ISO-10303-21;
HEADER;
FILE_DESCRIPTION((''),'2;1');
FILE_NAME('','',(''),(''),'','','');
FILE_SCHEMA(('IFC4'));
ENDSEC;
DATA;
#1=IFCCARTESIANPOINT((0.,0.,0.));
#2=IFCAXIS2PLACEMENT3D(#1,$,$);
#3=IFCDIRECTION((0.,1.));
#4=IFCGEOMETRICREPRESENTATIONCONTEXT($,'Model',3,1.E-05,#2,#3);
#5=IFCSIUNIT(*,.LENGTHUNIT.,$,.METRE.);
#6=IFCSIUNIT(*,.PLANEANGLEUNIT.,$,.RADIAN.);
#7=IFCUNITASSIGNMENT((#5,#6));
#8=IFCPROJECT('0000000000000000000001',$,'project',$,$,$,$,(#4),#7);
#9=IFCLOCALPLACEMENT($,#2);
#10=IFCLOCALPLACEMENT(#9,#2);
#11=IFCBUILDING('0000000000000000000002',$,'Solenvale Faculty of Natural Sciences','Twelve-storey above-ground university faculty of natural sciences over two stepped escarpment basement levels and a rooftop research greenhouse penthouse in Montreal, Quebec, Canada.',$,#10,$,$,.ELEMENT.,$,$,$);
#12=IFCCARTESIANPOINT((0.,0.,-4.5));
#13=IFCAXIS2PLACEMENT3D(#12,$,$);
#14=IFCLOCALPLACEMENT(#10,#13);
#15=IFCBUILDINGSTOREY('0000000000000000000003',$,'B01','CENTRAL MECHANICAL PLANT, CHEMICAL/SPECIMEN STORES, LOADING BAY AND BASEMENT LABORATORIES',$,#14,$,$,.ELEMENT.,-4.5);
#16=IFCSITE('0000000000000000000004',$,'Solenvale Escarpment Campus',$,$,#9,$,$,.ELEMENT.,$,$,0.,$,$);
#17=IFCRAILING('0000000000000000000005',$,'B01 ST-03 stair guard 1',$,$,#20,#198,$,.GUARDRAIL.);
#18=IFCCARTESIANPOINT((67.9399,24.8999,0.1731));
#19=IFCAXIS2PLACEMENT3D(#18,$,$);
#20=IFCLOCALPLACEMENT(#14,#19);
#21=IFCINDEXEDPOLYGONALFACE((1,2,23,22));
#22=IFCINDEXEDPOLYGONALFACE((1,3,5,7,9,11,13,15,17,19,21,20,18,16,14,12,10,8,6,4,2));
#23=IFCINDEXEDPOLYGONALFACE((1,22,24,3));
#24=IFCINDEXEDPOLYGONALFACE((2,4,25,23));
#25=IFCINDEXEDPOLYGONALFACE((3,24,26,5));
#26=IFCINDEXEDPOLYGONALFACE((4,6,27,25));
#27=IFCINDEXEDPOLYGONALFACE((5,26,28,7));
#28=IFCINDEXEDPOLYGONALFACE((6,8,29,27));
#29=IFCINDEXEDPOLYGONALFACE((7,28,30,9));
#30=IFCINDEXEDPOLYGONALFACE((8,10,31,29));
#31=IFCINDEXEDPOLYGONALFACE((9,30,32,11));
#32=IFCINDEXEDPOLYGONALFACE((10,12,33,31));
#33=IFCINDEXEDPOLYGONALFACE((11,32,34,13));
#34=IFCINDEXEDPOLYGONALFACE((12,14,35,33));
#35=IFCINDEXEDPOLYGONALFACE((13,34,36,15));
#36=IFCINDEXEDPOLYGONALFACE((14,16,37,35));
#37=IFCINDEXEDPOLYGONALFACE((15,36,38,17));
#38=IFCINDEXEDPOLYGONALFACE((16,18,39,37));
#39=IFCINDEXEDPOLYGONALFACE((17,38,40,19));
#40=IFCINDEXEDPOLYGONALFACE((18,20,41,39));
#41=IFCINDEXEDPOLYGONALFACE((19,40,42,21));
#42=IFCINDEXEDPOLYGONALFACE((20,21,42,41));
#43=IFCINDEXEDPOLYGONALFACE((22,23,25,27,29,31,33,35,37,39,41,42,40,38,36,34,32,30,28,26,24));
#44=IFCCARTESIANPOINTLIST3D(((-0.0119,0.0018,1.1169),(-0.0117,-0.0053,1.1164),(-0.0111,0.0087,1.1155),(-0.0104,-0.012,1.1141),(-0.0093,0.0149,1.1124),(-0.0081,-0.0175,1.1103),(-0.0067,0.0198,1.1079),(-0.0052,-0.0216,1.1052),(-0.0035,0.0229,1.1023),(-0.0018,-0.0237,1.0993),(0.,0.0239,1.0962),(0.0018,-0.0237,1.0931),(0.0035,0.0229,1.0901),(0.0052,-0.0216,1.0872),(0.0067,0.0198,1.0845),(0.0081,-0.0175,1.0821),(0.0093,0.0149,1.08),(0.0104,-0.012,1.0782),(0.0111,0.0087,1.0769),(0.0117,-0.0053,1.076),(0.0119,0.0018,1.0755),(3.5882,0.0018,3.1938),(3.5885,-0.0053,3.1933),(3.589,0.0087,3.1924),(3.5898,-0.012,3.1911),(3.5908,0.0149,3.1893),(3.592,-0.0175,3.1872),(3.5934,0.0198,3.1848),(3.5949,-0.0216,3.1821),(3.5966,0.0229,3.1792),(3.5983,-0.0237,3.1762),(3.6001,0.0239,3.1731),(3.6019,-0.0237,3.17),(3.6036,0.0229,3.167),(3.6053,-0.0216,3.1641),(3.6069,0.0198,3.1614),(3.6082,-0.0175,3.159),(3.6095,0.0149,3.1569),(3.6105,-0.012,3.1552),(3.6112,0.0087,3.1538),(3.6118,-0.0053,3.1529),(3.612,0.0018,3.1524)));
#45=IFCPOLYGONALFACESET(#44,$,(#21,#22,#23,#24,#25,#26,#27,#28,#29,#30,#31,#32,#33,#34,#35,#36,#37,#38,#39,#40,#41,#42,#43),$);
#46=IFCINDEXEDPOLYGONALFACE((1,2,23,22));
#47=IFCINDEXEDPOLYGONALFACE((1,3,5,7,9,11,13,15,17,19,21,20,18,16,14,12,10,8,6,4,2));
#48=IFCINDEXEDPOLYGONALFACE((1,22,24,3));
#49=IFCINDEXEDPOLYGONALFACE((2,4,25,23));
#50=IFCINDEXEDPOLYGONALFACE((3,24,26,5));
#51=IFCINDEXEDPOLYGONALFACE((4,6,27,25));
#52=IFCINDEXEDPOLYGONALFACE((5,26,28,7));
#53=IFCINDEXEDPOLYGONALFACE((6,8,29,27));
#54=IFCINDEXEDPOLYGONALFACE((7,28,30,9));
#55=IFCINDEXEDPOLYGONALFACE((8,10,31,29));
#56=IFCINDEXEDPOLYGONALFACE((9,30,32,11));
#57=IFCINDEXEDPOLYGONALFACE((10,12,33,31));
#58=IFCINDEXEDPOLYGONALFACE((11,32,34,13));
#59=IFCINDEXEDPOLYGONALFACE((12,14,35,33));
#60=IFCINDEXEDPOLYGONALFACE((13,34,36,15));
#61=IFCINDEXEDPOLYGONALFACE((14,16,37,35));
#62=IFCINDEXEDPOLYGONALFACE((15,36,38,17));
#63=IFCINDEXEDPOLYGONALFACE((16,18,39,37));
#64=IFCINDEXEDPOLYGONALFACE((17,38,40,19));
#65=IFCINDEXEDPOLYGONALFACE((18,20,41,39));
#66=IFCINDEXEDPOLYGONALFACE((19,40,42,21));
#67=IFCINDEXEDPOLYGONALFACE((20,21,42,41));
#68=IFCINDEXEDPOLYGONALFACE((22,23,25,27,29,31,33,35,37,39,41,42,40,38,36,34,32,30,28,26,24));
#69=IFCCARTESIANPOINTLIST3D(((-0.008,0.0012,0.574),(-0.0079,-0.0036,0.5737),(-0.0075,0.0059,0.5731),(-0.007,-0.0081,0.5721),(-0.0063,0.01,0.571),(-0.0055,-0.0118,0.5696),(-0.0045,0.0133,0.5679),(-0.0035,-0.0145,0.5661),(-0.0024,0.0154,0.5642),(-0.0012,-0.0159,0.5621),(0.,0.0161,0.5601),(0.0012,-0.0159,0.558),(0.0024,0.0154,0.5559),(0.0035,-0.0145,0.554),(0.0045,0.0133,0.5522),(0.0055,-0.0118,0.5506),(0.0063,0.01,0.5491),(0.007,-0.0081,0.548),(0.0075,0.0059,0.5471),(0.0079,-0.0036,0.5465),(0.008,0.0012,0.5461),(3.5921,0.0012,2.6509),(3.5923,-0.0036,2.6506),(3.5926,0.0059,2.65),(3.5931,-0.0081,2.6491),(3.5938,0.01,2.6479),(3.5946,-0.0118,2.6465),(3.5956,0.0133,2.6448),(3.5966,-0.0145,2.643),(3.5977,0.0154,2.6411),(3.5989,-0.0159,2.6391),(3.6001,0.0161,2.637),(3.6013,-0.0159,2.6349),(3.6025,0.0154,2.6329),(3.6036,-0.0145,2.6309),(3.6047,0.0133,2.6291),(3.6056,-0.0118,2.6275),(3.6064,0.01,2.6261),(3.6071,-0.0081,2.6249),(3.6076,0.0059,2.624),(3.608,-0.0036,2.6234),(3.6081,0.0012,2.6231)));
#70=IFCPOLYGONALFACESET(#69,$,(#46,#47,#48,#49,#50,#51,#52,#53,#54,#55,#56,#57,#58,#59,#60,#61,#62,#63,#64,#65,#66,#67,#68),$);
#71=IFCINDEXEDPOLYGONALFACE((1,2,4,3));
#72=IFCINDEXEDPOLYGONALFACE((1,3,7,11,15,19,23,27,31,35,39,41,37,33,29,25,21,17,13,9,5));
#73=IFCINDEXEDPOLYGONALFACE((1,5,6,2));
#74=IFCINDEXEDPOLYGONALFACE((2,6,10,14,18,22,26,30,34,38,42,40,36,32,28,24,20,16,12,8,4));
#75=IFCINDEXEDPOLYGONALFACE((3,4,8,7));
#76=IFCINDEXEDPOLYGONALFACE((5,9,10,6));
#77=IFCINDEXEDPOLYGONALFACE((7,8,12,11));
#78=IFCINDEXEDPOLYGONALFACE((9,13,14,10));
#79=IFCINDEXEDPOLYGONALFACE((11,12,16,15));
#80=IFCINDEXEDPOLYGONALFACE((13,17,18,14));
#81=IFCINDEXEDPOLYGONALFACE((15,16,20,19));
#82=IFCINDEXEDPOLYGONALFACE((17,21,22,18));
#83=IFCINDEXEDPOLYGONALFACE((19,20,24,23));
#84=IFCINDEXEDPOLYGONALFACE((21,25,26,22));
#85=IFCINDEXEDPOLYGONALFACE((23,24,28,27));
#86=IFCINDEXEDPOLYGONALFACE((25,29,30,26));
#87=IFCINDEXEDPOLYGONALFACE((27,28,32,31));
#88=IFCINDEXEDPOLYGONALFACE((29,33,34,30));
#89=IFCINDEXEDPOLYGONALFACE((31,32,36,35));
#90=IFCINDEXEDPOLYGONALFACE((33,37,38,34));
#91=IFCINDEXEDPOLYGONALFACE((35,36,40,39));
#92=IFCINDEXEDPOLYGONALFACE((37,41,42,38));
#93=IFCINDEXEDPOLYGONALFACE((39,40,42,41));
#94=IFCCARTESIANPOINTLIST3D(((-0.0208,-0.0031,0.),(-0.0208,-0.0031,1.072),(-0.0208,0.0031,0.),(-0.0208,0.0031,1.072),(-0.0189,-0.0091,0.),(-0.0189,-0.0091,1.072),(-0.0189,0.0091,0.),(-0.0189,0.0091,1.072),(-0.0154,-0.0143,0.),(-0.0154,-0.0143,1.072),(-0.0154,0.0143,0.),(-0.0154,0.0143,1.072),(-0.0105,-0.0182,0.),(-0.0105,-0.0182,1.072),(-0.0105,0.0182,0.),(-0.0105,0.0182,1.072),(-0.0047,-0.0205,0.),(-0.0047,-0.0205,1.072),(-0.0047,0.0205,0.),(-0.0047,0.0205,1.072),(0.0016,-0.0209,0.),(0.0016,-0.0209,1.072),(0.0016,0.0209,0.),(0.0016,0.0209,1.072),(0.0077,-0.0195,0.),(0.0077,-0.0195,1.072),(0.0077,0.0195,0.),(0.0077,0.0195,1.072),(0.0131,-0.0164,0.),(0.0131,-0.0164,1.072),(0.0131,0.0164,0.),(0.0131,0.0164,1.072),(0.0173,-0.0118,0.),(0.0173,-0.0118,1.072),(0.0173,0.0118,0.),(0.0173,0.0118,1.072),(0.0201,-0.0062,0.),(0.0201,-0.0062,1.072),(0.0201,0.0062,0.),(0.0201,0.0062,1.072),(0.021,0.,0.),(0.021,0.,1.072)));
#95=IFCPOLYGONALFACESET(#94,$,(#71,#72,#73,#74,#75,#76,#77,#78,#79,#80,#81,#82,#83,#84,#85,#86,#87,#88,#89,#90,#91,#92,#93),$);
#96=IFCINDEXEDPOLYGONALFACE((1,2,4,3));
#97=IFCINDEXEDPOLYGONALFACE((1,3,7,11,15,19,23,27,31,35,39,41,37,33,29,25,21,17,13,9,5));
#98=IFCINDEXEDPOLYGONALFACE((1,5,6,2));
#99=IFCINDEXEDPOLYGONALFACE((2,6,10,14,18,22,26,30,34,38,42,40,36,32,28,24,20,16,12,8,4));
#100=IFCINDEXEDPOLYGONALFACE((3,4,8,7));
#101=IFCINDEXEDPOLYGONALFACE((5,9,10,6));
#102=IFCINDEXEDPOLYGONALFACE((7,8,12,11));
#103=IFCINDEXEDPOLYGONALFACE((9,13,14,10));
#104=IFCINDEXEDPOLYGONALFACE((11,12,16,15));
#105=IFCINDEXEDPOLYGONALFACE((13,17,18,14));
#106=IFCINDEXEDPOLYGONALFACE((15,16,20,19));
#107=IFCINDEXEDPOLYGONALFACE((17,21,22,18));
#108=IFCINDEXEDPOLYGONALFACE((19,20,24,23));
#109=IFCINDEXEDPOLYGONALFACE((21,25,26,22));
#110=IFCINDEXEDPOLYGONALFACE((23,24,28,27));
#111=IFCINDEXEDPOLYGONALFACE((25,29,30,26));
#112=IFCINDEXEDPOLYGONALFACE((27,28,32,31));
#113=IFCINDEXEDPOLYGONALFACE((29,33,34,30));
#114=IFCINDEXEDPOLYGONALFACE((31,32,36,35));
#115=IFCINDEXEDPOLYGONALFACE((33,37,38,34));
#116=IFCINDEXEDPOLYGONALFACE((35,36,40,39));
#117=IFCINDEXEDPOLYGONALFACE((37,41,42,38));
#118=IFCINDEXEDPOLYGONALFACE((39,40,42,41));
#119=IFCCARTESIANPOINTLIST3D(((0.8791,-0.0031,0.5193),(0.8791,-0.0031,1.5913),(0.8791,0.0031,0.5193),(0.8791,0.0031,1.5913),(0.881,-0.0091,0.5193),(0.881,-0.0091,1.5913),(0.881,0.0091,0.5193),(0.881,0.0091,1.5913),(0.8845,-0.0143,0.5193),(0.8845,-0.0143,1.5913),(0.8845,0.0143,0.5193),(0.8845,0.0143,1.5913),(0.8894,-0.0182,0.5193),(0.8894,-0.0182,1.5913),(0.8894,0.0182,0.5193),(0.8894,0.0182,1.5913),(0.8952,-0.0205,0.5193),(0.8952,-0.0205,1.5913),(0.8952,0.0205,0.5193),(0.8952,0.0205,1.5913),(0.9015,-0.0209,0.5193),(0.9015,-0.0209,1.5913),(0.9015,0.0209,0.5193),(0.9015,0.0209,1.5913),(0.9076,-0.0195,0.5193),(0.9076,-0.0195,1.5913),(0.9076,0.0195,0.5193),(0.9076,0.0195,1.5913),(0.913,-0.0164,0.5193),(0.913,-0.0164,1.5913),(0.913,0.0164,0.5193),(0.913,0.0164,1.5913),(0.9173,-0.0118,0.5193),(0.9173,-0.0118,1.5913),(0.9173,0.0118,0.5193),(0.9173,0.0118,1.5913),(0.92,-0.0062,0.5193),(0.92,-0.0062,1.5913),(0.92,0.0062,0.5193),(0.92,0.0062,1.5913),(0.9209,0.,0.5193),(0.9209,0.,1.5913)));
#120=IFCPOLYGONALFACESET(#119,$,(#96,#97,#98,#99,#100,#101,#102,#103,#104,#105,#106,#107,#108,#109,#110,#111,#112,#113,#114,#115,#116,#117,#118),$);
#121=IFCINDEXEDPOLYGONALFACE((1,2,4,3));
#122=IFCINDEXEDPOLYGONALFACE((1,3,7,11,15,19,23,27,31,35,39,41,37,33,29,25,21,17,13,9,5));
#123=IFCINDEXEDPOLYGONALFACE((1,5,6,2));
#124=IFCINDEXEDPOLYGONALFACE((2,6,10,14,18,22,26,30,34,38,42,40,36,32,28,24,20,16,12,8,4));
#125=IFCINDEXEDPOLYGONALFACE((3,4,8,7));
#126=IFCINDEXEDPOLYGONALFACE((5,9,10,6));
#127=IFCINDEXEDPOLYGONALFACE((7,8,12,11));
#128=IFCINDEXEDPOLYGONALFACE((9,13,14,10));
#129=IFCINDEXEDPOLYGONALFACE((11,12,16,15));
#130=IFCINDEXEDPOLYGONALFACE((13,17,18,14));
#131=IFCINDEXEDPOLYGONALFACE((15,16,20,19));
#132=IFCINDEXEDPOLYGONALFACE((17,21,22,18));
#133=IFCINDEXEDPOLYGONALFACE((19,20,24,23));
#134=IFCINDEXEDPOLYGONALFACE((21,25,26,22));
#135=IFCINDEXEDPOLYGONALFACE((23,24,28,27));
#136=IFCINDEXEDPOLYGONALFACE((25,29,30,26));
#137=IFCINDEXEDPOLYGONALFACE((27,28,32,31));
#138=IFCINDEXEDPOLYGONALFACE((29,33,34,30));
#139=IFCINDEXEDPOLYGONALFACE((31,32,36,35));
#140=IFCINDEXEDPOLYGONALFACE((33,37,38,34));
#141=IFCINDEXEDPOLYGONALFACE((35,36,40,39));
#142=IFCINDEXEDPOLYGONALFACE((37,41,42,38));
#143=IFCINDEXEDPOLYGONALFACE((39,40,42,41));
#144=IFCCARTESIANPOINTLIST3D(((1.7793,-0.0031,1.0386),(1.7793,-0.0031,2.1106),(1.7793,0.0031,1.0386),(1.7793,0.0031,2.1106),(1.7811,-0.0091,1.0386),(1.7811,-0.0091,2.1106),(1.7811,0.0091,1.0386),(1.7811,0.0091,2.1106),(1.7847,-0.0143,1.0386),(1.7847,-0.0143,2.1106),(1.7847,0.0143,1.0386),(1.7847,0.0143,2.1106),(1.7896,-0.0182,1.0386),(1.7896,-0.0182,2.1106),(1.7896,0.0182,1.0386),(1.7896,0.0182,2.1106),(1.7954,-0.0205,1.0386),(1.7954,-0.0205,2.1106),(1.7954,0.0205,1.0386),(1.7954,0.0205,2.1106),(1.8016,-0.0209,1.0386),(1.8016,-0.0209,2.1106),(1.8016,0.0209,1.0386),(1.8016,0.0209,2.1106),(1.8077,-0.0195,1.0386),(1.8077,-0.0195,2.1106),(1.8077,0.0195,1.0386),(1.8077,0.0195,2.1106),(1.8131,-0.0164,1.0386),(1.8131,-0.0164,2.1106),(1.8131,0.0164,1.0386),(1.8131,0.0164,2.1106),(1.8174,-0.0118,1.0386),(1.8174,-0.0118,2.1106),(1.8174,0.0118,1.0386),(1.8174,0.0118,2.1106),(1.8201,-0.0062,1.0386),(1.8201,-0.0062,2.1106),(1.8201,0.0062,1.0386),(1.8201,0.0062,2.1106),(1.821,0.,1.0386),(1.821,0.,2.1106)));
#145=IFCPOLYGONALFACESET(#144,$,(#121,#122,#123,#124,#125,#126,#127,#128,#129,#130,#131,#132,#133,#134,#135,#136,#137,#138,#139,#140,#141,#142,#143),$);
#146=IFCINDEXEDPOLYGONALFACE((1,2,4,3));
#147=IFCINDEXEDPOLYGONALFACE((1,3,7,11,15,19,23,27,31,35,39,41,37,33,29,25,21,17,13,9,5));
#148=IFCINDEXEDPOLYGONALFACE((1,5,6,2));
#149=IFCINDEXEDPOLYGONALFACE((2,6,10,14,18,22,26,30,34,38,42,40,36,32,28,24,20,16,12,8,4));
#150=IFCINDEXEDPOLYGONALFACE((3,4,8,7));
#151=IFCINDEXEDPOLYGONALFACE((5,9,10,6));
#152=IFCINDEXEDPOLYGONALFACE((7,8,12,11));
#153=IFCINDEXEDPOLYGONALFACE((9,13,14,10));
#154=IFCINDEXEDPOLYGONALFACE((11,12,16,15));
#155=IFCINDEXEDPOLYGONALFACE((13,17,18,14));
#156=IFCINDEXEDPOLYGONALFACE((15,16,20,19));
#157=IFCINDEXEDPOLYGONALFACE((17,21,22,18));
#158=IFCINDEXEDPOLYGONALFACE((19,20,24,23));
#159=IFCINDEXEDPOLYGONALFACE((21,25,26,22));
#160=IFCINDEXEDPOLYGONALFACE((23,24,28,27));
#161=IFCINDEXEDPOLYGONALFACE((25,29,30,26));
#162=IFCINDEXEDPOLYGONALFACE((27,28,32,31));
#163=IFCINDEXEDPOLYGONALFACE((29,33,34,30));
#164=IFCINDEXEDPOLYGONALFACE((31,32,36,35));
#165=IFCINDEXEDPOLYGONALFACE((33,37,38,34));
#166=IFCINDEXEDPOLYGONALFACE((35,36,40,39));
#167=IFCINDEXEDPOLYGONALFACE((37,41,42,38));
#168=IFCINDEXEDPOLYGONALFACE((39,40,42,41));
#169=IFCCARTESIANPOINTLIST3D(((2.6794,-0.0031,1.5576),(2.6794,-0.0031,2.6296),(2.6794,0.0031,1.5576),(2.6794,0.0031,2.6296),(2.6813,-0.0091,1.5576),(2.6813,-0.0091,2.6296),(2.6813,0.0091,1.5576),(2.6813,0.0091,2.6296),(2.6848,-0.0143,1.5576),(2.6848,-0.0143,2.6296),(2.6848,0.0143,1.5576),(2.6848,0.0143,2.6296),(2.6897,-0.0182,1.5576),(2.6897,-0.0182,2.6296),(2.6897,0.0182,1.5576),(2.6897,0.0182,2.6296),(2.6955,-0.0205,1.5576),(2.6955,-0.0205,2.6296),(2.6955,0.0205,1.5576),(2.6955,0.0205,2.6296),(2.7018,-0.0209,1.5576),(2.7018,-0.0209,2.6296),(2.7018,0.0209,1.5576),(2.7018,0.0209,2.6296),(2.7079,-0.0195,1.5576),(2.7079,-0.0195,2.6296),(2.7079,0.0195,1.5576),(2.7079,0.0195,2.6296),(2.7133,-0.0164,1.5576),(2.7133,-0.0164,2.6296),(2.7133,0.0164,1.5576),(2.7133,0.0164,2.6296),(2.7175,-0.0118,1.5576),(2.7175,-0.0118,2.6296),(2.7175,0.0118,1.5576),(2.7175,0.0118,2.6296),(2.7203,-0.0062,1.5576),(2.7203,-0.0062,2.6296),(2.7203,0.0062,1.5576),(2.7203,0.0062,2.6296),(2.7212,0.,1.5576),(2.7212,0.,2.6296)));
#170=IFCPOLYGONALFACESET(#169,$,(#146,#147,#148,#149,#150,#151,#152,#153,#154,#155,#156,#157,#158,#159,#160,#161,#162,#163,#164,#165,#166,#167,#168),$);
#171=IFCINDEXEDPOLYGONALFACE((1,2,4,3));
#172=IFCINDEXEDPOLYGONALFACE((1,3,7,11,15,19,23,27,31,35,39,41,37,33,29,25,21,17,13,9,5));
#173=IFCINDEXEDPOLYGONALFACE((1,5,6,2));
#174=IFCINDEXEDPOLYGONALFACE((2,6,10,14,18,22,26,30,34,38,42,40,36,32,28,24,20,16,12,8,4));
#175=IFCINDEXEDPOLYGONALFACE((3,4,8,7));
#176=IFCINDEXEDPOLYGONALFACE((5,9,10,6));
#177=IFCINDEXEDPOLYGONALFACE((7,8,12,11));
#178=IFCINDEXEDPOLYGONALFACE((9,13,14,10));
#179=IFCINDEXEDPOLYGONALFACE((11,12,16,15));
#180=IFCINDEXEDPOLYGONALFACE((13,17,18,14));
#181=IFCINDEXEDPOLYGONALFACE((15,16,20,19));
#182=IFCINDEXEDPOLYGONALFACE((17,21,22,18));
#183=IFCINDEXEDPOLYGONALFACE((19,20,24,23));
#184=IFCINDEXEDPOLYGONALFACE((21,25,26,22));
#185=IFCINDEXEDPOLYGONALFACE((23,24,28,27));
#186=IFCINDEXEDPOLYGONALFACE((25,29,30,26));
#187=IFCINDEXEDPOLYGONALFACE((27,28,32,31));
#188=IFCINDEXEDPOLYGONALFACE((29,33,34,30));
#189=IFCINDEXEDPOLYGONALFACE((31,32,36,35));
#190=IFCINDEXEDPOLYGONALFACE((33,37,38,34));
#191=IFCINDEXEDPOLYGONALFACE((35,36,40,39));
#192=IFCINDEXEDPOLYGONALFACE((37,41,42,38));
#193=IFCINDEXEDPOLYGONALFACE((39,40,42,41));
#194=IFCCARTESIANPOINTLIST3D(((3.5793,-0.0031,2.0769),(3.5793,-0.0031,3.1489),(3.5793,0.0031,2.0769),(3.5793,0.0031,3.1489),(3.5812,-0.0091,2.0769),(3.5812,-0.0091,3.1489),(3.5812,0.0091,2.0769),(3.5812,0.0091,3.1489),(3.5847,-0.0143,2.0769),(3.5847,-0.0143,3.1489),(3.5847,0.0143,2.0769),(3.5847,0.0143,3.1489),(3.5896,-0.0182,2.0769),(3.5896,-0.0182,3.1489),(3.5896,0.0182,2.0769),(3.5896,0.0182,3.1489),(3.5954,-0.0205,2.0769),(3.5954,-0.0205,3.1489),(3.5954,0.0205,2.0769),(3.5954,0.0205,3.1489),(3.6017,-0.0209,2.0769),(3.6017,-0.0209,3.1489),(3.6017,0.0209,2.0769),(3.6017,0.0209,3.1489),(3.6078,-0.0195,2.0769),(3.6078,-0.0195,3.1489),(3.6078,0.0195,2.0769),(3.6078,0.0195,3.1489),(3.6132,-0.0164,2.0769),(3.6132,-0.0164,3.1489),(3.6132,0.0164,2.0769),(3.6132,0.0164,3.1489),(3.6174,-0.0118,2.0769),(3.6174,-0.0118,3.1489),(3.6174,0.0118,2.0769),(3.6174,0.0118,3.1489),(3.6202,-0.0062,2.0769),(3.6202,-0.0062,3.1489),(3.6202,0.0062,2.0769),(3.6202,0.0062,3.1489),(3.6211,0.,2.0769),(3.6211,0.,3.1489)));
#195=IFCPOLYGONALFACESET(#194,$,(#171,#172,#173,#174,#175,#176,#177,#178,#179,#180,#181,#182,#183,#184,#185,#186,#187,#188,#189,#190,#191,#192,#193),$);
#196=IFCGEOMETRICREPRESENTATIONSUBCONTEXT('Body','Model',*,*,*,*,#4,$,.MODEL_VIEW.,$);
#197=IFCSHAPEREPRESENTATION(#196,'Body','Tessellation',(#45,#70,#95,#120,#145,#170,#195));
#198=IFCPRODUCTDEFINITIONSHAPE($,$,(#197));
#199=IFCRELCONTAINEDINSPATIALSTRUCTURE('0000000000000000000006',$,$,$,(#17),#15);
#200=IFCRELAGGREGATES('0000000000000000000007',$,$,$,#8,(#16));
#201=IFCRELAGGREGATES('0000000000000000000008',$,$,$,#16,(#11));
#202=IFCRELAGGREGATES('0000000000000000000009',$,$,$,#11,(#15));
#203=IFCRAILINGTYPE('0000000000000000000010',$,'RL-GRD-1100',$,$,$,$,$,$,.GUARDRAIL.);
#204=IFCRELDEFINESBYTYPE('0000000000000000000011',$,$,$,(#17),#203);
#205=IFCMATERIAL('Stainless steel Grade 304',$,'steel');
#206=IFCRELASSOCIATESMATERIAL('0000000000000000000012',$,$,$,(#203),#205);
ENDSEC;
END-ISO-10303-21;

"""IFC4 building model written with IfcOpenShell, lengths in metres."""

from ifc_helpers import new_model, si_unit, direction, frame, origin, origin_2d, place, context, subcontext, project, spatial, circle, extrude, material, type_object, element, save


model = new_model("IFC4")

# Units and contexts
model_context = context("Model", 3, precision=1e-05, world=origin(), true_north=direction((0.0, 1.0)))
body_context = subcontext(model_context, "Body", "Model", "MODEL_VIEW")
ifc_project = project(units=[si_unit("LENGTHUNIT", "METRE"), si_unit("PLANEANGLEUNIT", "RADIAN")], contexts=[model_context])

# Site, building, storey
site_placement = place(None, origin())
site = spatial("IfcSite", under=ifc_project, at=site_placement, Name="Solenvale Escarpment Campus", CompositionType="ELEMENT", RefElevation=0.0)
building_placement = place(site_placement, origin())
building = spatial("IfcBuilding", under=site, at=building_placement, Name="Solenvale Faculty of Natural Sciences", Description="Twelve-storey above-ground university faculty of natural sciences over two stepped escarpment basement levels and a rooftop research greenhouse penthouse in Montreal, Quebec, Canada.", CompositionType="ELEMENT")
storey_placement = place(building_placement, frame((0.0, 0.0, -4.5)))
storey = spatial("IfcBuildingStorey", under=building, at=storey_placement, Name="B01", Description="CENTRAL MECHANICAL PLANT, CHEMICAL/SPECIMEN STORES, LOADING BAY AND BASEMENT LABORATORIES", CompositionType="ELEMENT", Elevation=-4.5)

# Railing
ifc_material_1 = material(Name="Stainless steel Grade 304", Category="steel")
railing_type_1 = type_object("IfcRailingType", Name="RL-GRD-1100", PredefinedType="GUARDRAIL", material=ifc_material_1)
railing_1_placement = place(storey_placement, frame((67.9399, 24.8999, 0.1731)))
element("IfcRailing", 1, at=railing_1_placement, inside=storey, type_object=railing_type_1, Name="B01 ST-03 stair guard 1", PredefinedType="GUARDRAIL", context=body_context, shape_type="SweptSolid", body=[
    extrude(circle(Radius=0.0239, at=origin_2d()), frame((0.0, 0.0, 1.0962), z_axis=(0.866193, 0.0, 0.499709), x_axis=(0.0, 1.0, 0.0)), (0.0, 0.0, 1.0), 4.1562),
    extrude(circle(Radius=0.0161, at=origin_2d()), frame((0.0, 0.0, 0.5601), z_axis=(0.866193, 0.0, 0.499709), x_axis=(0.0, 1.0, 0.0)), (0.0, 0.0, 1.0), 4.1562),
    extrude(circle(Radius=0.021, at=origin_2d()), origin(), (0.0, 0.0, 1.0), 1.072),
    extrude(circle(Radius=0.021, at=origin_2d()), frame((0.8999, 0.0, 0.5193)), (0.0, 0.0, 1.0), 1.072),
    extrude(circle(Radius=0.021, at=origin_2d()), frame((1.8, 0.0, 1.0386)), (0.0, 0.0, 1.0), 1.072),
    extrude(circle(Radius=0.021, at=origin_2d()), frame((2.7002, 0.0, 1.5576)), (0.0, 0.0, 1.0), 1.072),
    extrude(circle(Radius=0.021, at=origin_2d()), frame((3.6001, 0.0, 2.0769)), (0.0, 0.0, 1.0), 1.072),
])

save(model, "model.ifc")
